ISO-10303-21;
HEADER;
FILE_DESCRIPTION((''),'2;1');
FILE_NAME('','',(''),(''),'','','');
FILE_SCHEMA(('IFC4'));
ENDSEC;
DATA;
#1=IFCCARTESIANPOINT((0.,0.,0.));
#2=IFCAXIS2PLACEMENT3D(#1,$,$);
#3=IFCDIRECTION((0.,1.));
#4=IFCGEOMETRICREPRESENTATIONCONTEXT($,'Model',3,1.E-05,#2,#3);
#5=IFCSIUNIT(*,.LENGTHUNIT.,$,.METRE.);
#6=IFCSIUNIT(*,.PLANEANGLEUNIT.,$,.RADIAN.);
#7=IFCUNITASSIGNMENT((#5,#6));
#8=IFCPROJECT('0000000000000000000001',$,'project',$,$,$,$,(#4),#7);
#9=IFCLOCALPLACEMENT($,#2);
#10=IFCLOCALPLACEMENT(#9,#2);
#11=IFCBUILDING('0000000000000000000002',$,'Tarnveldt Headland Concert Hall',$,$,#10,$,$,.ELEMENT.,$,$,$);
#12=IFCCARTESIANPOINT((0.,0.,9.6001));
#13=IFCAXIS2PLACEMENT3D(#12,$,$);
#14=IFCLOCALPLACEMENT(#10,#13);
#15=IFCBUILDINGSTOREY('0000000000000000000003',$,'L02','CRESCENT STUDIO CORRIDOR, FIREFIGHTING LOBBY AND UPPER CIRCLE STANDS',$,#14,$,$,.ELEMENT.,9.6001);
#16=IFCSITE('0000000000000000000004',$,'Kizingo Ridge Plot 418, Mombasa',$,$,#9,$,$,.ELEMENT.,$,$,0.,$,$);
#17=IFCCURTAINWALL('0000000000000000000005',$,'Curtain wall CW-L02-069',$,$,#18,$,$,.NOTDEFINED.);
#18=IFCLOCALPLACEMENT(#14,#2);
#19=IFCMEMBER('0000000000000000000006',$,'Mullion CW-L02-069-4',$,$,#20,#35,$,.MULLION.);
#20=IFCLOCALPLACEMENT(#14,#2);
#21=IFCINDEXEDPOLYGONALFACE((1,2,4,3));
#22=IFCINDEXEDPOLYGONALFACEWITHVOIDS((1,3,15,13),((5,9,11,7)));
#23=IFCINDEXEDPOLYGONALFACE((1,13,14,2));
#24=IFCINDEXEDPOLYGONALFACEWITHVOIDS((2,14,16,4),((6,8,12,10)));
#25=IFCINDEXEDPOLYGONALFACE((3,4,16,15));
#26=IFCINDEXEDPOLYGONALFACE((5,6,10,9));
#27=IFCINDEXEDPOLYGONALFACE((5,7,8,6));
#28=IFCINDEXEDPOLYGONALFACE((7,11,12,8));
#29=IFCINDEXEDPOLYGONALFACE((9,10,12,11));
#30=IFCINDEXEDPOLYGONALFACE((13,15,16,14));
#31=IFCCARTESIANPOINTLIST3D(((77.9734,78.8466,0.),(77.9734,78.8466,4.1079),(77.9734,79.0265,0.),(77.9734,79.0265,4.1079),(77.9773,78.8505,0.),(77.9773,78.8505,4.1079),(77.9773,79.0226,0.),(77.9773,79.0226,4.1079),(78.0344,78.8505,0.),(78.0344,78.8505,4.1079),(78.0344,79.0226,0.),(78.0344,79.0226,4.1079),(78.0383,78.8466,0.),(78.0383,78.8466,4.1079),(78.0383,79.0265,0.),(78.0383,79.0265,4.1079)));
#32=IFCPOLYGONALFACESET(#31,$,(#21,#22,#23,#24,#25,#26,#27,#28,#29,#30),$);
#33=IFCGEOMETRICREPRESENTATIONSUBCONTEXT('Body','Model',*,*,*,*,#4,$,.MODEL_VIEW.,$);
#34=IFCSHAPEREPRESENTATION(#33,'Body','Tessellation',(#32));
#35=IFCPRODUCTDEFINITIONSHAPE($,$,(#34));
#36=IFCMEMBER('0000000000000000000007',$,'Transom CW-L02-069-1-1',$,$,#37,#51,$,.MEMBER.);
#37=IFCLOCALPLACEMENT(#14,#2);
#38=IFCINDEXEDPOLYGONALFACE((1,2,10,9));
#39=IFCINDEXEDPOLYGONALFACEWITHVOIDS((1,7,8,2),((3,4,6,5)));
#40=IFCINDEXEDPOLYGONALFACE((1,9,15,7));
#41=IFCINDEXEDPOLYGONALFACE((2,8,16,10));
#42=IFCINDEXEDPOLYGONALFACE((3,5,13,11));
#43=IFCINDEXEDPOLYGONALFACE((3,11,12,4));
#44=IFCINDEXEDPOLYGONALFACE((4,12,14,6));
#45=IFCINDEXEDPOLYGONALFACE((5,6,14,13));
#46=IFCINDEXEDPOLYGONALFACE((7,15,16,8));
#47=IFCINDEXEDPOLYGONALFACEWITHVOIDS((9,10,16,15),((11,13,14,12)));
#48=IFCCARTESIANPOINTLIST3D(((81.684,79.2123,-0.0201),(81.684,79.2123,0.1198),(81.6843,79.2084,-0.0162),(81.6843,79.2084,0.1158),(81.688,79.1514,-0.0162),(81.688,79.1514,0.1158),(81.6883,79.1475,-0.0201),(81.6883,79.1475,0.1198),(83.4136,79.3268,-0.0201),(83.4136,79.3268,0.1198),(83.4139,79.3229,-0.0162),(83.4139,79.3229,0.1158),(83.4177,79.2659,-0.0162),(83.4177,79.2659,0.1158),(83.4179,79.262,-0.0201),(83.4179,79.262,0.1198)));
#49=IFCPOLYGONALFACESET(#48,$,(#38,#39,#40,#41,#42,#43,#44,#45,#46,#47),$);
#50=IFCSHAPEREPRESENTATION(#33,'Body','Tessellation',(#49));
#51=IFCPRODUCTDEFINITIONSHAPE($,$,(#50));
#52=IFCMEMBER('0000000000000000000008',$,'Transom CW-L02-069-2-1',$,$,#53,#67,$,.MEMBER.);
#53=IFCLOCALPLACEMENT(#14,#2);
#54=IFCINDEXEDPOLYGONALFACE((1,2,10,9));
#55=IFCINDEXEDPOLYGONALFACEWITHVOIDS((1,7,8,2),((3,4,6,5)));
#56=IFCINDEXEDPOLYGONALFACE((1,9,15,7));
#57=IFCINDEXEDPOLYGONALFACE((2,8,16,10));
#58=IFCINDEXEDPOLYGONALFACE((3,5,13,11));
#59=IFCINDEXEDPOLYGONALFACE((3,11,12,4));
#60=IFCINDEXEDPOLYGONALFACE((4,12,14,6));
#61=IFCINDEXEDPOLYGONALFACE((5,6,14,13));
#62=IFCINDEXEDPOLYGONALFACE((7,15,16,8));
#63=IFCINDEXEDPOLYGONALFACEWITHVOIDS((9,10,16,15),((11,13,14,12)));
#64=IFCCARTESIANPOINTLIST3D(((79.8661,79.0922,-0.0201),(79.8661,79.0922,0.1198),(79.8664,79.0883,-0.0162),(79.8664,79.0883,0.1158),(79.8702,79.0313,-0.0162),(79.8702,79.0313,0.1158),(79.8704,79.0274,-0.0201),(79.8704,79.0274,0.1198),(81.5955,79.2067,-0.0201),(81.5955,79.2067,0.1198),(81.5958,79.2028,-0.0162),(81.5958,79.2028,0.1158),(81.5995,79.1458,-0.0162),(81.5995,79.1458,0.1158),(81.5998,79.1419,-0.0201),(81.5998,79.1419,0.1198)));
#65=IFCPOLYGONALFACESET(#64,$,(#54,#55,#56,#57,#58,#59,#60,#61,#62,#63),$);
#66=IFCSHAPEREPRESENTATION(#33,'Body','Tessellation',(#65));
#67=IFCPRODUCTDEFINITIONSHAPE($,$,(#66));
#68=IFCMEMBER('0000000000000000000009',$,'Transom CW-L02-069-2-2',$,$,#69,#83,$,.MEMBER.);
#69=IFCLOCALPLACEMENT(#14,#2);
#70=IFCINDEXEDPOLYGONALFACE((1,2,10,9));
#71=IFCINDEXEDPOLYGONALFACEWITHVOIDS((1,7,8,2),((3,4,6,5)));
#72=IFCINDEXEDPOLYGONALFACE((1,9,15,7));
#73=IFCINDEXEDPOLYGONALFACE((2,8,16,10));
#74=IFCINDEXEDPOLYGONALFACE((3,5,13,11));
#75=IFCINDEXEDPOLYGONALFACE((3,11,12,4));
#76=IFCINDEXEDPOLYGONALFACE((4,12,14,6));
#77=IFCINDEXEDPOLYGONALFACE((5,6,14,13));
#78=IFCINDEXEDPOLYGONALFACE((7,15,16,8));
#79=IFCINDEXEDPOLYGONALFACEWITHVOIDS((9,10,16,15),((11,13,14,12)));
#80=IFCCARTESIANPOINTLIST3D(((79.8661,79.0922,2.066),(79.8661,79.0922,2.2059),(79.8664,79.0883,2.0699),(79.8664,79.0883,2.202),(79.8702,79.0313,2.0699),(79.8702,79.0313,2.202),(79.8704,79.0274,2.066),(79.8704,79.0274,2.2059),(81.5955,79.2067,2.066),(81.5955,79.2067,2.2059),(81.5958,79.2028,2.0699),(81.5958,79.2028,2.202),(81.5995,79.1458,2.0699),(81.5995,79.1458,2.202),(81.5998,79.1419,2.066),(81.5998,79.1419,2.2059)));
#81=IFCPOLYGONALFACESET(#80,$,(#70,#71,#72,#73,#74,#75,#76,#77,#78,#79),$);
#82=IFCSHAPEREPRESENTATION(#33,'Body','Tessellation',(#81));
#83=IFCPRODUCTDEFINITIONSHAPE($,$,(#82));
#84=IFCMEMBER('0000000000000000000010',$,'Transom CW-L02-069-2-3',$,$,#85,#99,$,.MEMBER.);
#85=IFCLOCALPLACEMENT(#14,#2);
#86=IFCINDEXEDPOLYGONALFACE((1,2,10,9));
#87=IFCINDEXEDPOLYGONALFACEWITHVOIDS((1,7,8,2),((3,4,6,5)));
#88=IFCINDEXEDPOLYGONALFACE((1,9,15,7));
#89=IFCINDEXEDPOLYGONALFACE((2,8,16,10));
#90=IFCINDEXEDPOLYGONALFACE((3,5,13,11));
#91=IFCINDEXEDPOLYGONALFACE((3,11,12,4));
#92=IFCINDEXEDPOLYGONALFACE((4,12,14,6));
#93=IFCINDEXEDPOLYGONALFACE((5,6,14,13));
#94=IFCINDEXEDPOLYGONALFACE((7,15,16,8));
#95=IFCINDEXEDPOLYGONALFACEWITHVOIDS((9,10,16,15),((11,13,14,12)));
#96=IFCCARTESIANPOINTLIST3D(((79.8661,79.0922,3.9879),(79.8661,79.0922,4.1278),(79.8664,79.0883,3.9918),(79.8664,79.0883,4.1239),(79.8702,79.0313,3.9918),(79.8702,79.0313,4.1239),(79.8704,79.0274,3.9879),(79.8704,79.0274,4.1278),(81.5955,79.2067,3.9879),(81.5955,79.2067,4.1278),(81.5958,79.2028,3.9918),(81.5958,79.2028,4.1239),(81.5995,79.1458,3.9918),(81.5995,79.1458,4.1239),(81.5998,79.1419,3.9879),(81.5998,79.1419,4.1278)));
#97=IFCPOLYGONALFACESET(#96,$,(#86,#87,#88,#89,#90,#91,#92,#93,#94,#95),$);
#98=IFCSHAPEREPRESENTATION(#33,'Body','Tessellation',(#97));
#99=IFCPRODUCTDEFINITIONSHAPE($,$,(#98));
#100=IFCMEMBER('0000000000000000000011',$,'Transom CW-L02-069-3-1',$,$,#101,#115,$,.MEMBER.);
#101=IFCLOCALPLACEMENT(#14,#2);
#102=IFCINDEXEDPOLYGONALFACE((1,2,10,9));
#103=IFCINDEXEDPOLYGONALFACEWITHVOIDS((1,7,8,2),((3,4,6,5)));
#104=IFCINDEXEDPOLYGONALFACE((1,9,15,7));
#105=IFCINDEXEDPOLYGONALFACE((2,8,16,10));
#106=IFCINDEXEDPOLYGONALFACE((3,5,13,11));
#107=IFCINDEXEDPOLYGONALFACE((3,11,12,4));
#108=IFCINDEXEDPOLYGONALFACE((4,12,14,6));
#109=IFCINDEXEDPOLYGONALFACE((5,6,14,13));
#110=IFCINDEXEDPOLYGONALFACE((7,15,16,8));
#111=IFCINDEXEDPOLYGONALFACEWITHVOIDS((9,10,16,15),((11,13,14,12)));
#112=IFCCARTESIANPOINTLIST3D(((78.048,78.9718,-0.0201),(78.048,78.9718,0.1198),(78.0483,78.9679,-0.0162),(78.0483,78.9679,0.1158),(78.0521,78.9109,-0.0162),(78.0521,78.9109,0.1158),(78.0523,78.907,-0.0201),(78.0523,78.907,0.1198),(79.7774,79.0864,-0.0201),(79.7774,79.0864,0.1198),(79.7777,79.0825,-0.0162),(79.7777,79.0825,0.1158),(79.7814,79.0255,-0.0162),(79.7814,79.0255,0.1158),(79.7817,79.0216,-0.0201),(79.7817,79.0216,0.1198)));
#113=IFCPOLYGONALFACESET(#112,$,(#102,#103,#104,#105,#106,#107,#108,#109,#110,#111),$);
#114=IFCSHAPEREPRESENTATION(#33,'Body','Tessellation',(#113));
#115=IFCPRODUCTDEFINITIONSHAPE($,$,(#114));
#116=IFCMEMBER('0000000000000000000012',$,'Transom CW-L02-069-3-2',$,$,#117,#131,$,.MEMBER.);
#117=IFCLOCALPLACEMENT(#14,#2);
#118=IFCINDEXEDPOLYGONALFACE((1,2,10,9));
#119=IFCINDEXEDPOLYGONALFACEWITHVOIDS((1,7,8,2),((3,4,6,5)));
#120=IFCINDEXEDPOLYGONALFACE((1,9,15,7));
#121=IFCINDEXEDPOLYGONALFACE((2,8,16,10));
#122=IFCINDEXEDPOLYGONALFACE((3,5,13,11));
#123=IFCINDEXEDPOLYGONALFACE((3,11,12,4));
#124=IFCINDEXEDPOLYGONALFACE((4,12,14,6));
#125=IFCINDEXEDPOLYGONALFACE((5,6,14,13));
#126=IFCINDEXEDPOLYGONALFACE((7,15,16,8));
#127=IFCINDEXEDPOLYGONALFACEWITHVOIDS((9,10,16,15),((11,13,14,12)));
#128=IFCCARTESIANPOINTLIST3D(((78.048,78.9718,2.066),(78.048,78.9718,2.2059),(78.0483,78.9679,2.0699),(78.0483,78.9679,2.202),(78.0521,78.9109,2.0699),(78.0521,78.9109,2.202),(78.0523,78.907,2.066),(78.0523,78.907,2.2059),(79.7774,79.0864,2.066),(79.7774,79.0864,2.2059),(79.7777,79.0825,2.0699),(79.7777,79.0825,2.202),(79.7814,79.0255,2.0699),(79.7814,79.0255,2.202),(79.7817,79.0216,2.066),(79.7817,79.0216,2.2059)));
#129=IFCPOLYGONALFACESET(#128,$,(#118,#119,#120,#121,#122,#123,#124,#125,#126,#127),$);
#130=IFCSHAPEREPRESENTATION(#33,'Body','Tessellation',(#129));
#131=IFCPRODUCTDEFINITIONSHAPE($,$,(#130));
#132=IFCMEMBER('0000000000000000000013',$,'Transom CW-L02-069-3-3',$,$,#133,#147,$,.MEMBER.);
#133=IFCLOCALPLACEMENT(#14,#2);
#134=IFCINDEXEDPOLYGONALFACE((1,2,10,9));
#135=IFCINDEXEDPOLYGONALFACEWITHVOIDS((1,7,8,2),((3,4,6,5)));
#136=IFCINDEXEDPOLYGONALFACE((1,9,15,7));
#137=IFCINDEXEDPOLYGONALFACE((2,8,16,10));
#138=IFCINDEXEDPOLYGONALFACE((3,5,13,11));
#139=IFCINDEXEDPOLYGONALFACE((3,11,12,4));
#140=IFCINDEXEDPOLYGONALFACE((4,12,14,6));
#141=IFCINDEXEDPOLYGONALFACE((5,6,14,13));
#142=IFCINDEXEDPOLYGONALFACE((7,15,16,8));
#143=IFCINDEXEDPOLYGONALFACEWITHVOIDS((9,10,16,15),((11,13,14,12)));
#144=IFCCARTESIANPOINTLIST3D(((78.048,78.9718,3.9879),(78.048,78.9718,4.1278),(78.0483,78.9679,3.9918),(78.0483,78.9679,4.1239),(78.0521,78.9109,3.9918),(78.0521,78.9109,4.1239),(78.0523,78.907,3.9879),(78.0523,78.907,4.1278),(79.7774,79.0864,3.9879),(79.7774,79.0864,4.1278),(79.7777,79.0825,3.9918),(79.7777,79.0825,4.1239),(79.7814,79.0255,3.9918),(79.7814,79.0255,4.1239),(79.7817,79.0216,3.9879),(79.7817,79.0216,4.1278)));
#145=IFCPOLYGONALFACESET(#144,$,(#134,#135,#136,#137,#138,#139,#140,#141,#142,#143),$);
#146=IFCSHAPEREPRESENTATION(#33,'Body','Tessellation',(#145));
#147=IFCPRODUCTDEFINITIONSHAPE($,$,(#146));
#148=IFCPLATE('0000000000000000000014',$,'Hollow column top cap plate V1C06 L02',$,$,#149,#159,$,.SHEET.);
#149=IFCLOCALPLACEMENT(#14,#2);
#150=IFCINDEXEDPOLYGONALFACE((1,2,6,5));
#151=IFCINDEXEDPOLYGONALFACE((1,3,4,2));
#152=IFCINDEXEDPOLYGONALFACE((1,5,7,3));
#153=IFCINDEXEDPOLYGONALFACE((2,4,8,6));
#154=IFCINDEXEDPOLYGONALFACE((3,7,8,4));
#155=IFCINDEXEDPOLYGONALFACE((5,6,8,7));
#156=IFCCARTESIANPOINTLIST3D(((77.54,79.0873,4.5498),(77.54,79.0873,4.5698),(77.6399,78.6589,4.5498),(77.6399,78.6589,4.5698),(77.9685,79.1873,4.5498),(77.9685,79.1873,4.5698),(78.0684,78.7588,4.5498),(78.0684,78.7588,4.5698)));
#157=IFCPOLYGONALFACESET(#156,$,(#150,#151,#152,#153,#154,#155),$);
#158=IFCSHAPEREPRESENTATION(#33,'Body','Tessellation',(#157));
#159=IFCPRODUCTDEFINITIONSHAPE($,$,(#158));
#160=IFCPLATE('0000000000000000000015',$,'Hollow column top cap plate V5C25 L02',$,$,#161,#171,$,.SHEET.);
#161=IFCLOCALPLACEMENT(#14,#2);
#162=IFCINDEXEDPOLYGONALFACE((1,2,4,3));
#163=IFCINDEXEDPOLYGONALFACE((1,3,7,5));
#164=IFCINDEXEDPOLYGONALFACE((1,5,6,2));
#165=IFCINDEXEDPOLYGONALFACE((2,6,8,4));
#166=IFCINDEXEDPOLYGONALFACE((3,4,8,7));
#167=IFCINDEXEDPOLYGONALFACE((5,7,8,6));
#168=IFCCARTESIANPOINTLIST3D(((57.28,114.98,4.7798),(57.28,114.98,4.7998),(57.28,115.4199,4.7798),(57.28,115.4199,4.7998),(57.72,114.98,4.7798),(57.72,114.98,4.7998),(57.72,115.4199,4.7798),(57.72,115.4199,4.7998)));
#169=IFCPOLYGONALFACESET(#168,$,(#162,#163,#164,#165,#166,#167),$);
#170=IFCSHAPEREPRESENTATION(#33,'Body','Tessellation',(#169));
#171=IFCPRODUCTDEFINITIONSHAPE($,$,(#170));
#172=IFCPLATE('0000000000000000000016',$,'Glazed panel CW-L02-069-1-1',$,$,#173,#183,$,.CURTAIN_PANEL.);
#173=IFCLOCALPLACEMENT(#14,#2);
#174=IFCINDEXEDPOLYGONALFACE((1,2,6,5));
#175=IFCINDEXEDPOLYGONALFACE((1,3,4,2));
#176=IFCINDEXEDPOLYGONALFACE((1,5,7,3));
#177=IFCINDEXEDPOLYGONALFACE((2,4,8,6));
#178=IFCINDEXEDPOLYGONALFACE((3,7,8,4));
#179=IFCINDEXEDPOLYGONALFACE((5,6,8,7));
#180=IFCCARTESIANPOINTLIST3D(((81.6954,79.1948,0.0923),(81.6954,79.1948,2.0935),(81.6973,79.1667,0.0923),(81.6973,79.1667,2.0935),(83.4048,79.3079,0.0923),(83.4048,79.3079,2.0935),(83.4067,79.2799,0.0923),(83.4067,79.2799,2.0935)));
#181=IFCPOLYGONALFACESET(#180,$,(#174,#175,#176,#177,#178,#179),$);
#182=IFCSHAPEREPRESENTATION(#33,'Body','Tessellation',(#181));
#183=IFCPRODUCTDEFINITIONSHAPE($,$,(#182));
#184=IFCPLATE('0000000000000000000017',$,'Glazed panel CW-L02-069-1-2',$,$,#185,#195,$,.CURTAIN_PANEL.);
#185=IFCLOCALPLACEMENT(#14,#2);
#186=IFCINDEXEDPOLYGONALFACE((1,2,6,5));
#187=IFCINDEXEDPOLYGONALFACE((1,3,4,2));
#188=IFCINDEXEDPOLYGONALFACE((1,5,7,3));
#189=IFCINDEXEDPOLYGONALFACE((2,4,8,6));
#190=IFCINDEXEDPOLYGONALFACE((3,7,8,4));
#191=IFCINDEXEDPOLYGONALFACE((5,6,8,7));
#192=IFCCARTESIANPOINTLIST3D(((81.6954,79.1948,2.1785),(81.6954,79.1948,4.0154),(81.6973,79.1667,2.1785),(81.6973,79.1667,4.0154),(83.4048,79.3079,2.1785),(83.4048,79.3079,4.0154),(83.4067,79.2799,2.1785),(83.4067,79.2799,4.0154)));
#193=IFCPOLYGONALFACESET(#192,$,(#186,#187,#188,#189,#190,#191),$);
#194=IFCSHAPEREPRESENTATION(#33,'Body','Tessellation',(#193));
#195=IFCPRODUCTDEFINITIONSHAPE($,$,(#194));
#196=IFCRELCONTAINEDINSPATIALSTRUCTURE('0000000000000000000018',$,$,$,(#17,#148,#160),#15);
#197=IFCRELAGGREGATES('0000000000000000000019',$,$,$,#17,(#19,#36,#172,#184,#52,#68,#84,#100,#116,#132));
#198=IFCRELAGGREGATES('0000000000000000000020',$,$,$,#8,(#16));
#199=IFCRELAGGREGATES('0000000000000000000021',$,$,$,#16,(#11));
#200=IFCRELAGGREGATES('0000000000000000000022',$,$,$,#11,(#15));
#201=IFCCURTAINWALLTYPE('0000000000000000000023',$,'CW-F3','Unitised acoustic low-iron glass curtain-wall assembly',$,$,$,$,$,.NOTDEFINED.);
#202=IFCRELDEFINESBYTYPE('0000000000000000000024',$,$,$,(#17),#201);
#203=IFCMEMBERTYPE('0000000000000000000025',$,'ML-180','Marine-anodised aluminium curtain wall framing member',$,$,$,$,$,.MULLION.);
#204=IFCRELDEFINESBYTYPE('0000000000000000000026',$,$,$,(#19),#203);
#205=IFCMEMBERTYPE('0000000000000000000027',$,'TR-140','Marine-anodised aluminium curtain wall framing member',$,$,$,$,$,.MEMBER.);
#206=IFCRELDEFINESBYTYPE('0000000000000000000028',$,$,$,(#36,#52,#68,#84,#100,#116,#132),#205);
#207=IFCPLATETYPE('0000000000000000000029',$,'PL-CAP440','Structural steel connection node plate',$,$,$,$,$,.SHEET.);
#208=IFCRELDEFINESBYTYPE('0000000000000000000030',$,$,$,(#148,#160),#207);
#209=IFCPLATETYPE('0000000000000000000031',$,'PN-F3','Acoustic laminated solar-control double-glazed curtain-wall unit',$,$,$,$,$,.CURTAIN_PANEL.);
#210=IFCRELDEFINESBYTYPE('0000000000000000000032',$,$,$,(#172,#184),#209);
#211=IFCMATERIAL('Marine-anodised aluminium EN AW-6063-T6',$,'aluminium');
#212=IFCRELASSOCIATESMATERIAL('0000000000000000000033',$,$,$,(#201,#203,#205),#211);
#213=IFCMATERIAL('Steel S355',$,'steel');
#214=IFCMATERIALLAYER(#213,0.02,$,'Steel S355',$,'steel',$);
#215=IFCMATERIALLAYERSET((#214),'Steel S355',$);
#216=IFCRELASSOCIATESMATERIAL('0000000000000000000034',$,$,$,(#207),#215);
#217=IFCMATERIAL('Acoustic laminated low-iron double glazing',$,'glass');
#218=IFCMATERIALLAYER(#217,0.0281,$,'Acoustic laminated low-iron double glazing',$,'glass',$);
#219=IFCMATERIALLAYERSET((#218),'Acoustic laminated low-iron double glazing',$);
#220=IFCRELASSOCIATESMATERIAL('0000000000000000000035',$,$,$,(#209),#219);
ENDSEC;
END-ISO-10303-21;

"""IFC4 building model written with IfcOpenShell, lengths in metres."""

from ifc_helpers import new_model, si_unit, direction, frame, origin, origin_2d, place, context, subcontext, project, spatial, rectangle, hollow_rectangle, extrude, material, layer, layer_set, material_profile, profile_set, type_object, element, aggregate, save


model = new_model("IFC4")

# Units and contexts
model_context = context("Model", 3, precision=1e-05, world=origin(), true_north=direction((0.0, 1.0)))
body_context = subcontext(model_context, "Body", "Model", "MODEL_VIEW")
ifc_project = project(units=[si_unit("LENGTHUNIT", "METRE"), si_unit("PLANEANGLEUNIT", "RADIAN")], contexts=[model_context])

# Site, building, storey
site_placement = place(None, origin())
site = spatial("IfcSite", under=ifc_project, at=site_placement, Name="Kizingo Ridge Plot 418, Mombasa", CompositionType="ELEMENT", RefElevation=0.0)
building_placement = place(site_placement, origin())
building = spatial("IfcBuilding", under=site, at=building_placement, Name="Tarnveldt Headland Concert Hall", CompositionType="ELEMENT")
storey_placement = place(building_placement, frame((0.0, 0.0, 9.6001)))
storey = spatial("IfcBuildingStorey", under=building, at=storey_placement, Name="L02", Description="CRESCENT STUDIO CORRIDOR, FIREFIGHTING LOBBY AND UPPER CIRCLE STANDS", CompositionType="ELEMENT", Elevation=9.6001)

# Shared definitions
ifc_material_1 = material(Name="Steel S355", Category="steel")

# Curtain wall, members
ifc_material_2 = material(Name="Marine-anodised aluminium EN AW-6063-T6", Category="aluminium")
curtain_wall_type = type_object("IfcCurtainWallType", Name="CW-F3", Description="Unitised acoustic low-iron glass curtain-wall assembly", PredefinedType="NOTDEFINED", material=ifc_material_2)
curtain_wall_placement = place(storey_placement, origin())
curtain_wall = element("IfcCurtainWall", 1, at=curtain_wall_placement, inside=storey, type_object=curtain_wall_type, Name="Curtain wall CW-L02-069", PredefinedType="NOTDEFINED")
ifc_material_profile_1 = material_profile(ifc_material_2, hollow_rectangle(XDim=0.0649, YDim=0.1799, WallThickness=0.0039, at=origin_2d()), Name="ALU MULLION 65x180x4", Category="aluminium")
ifc_profile_set_1 = profile_set([ifc_material_profile_1], Name="Marine-anodised aluminium EN AW-6063-T6")
member_type_1 = type_object("IfcMemberType", Name="ML-180", Description="Marine-anodised aluminium curtain wall framing member", PredefinedType="MULLION", material=ifc_profile_set_1)
member_1_placement = place(storey_placement, frame((78.0059, 78.9365, 0.0), z_axis=(0.0, 0.0, 1.0), x_axis=(1.0, 0.0, 0.0)))
member_1 = element("IfcMember", 2, at=member_1_placement, type_object=member_type_1, Name="Mullion CW-L02-069-4", PredefinedType="MULLION", context=body_context, shape_type="SweptSolid", body=[
    extrude(hollow_rectangle(XDim=0.0649, YDim=0.1799, WallThickness=0.0039, at=origin_2d()), origin(), (0.0, 0.0, 1.0), 4.1079),
])
ifc_material_profile_2 = material_profile(ifc_material_2, hollow_rectangle(XDim=0.0649, YDim=0.1399, WallThickness=0.0039, at=origin_2d()), Name="ALU TRANSOM 65x140x4", Category="aluminium")
ifc_profile_set_2 = profile_set([ifc_material_profile_2], Name="Marine-anodised aluminium EN AW-6063-T6")
member_type_2 = type_object("IfcMemberType", Name="TR-140", Description="Marine-anodised aluminium curtain wall framing member", PredefinedType="MEMBER", material=ifc_profile_set_2)
member_2_placement = place(storey_placement, frame((83.4158, 79.2944, 0.0498), z_axis=(-0.997816, -0.066061, 0.0), x_axis=(0.066061, -0.997816, 0.0)))
member_2 = element("IfcMember", 3, at=member_2_placement, type_object=member_type_2, Name="Transom CW-L02-069-1-1", PredefinedType="MEMBER", context=body_context, shape_type="SweptSolid", body=[
    extrude(hollow_rectangle(XDim=0.0649, YDim=0.1399, WallThickness=0.0039, at=origin_2d()), origin(), (0.0, 0.0, 1.0), 1.7334),
])
member_3_placement = place(storey_placement, frame((81.5977, 79.1743, 0.0498), z_axis=(-0.997815, -0.06607, 0.0), x_axis=(0.06607, -0.997815, 0.0)))
member_3 = element("IfcMember", 4, at=member_3_placement, type_object=member_type_2, Name="Transom CW-L02-069-2-1", PredefinedType="MEMBER", context=body_context, shape_type="SweptSolid", body=[
    extrude(hollow_rectangle(XDim=0.0649, YDim=0.1399, WallThickness=0.0039, at=origin_2d()), origin(), (0.0, 0.0, 1.0), 1.7332),
])
member_4_placement = place(storey_placement, frame((81.5977, 79.1743, 2.136), z_axis=(-0.997815, -0.06607, 0.0), x_axis=(0.06607, -0.997815, 0.0)))
member_4 = element("IfcMember", 5, at=member_4_placement, type_object=member_type_2, Name="Transom CW-L02-069-2-2", PredefinedType="MEMBER", context=body_context, shape_type="SweptSolid", body=[
    extrude(hollow_rectangle(XDim=0.0649, YDim=0.1399, WallThickness=0.0039, at=origin_2d()), origin(), (0.0, 0.0, 1.0), 1.7332),
])
member_5_placement = place(storey_placement, frame((81.5977, 79.1743, 4.0579), z_axis=(-0.997815, -0.06607, 0.0), x_axis=(0.06607, -0.997815, 0.0)))
member_5 = element("IfcMember", 6, at=member_5_placement, type_object=member_type_2, Name="Transom CW-L02-069-2-3", PredefinedType="MEMBER", context=body_context, shape_type="SweptSolid", body=[
    extrude(hollow_rectangle(XDim=0.0649, YDim=0.1399, WallThickness=0.0039, at=origin_2d()), origin(), (0.0, 0.0, 1.0), 1.7332),
])
member_6_placement = place(storey_placement, frame((79.7795, 79.054, 0.0498), z_axis=(-0.997815, -0.06607, 0.0), x_axis=(0.06607, -0.997815, 0.0)))
member_6 = element("IfcMember", 7, at=member_6_placement, type_object=member_type_2, Name="Transom CW-L02-069-3-1", PredefinedType="MEMBER", context=body_context, shape_type="SweptSolid", body=[
    extrude(hollow_rectangle(XDim=0.0649, YDim=0.1399, WallThickness=0.0039, at=origin_2d()), origin(), (0.0, 0.0, 1.0), 1.7332),
])
member_7_placement = place(storey_placement, frame((79.7795, 79.054, 2.136), z_axis=(-0.997815, -0.06607, 0.0), x_axis=(0.06607, -0.997815, 0.0)))
member_7 = element("IfcMember", 8, at=member_7_placement, type_object=member_type_2, Name="Transom CW-L02-069-3-2", PredefinedType="MEMBER", context=body_context, shape_type="SweptSolid", body=[
    extrude(hollow_rectangle(XDim=0.0649, YDim=0.1399, WallThickness=0.0039, at=origin_2d()), origin(), (0.0, 0.0, 1.0), 1.7332),
])
member_8_placement = place(storey_placement, frame((79.7795, 79.054, 4.0579), z_axis=(-0.997815, -0.06607, 0.0), x_axis=(0.06607, -0.997815, 0.0)))
member_8 = element("IfcMember", 9, at=member_8_placement, type_object=member_type_2, Name="Transom CW-L02-069-3-3", PredefinedType="MEMBER", context=body_context, shape_type="SweptSolid", body=[
    extrude(hollow_rectangle(XDim=0.0649, YDim=0.1399, WallThickness=0.0039, at=origin_2d()), origin(), (0.0, 0.0, 1.0), 1.7332),
])

# Plates
ifc_layer_1 = layer(ifc_material_1, 0.02, Name="Steel S355", Category="steel")
ifc_layer_set_1 = layer_set([ifc_layer_1], Name="Steel S355")
plate_type_1 = type_object("IfcPlateType", Name="PL-CAP440", Description="Structural steel connection node plate", PredefinedType="SHEET", material=ifc_layer_set_1)
for number, where, z_axis, x_axis, name in (
    (10, (77.8042, 78.9231, 4.5498), (0.0, 0.0, 1.0), (-0.227161, 0.973857, 0.0), "Hollow column top cap plate V1C06 L02"),
    (11, (57.5, 115.2, 4.7798), (0.0, 0.0, 1.0), (1.0, 0.0, 0.0), "Hollow column top cap plate V5C25 L02"),
):
    element("IfcPlate", number, at=place(storey_placement, frame(where, z_axis=z_axis, x_axis=x_axis)), inside=storey, type_object=plate_type_1, Name=name, PredefinedType="SHEET", context=body_context, shape_type="SweptSolid", body=[
        extrude(rectangle(XDim=0.4399, YDim=0.4399, at=origin_2d()), origin(), (0.0, 0.0, 1.0), 0.02),
    ])

# Plates
ifc_material_3 = material(Name="Acoustic laminated low-iron double glazing", Category="glass")
ifc_layer_2 = layer(ifc_material_3, 0.0281, Name="Acoustic laminated low-iron double glazing", Category="glass")
ifc_layer_set_2 = layer_set([ifc_layer_2], Name="Acoustic laminated low-iron double glazing")
plate_type_2 = type_object("IfcPlateType", Name="PN-F3", Description="Acoustic laminated solar-control double-glazed curtain-wall unit", PredefinedType="CURTAIN_PANEL", material=ifc_layer_set_2)
plate_1_placement = place(storey_placement, frame((82.551, 79.2373, 0.0923), z_axis=(0.0, 0.0, 1.0), x_axis=(-0.997818, -0.06603, 0.0)))
plate_1 = element("IfcPlate", 12, at=plate_1_placement, type_object=plate_type_2, Name="Glazed panel CW-L02-069-1-1", PredefinedType="CURTAIN_PANEL", context=body_context, shape_type="SweptSolid", body=[
    extrude(rectangle(XDim=1.7131, YDim=0.0281, at=origin_2d()), origin(), (0.0, 0.0, 1.0), 2.0012),
])
plate_2_placement = place(storey_placement, frame((82.551, 79.2373, 2.1785), z_axis=(0.0, 0.0, 1.0), x_axis=(-0.997818, -0.06603, 0.0)))
plate_2 = element("IfcPlate", 13, at=plate_2_placement, type_object=plate_type_2, Name="Glazed panel CW-L02-069-1-2", PredefinedType="CURTAIN_PANEL", context=body_context, shape_type="SweptSolid", body=[
    extrude(rectangle(XDim=1.7131, YDim=0.0281, at=origin_2d()), origin(), (0.0, 0.0, 1.0), 1.8369),
])
aggregate(curtain_wall, [member_1, member_2, plate_1, plate_2, member_3, member_4, member_5, member_6, member_7, member_8])

save(model, "model.ifc")
